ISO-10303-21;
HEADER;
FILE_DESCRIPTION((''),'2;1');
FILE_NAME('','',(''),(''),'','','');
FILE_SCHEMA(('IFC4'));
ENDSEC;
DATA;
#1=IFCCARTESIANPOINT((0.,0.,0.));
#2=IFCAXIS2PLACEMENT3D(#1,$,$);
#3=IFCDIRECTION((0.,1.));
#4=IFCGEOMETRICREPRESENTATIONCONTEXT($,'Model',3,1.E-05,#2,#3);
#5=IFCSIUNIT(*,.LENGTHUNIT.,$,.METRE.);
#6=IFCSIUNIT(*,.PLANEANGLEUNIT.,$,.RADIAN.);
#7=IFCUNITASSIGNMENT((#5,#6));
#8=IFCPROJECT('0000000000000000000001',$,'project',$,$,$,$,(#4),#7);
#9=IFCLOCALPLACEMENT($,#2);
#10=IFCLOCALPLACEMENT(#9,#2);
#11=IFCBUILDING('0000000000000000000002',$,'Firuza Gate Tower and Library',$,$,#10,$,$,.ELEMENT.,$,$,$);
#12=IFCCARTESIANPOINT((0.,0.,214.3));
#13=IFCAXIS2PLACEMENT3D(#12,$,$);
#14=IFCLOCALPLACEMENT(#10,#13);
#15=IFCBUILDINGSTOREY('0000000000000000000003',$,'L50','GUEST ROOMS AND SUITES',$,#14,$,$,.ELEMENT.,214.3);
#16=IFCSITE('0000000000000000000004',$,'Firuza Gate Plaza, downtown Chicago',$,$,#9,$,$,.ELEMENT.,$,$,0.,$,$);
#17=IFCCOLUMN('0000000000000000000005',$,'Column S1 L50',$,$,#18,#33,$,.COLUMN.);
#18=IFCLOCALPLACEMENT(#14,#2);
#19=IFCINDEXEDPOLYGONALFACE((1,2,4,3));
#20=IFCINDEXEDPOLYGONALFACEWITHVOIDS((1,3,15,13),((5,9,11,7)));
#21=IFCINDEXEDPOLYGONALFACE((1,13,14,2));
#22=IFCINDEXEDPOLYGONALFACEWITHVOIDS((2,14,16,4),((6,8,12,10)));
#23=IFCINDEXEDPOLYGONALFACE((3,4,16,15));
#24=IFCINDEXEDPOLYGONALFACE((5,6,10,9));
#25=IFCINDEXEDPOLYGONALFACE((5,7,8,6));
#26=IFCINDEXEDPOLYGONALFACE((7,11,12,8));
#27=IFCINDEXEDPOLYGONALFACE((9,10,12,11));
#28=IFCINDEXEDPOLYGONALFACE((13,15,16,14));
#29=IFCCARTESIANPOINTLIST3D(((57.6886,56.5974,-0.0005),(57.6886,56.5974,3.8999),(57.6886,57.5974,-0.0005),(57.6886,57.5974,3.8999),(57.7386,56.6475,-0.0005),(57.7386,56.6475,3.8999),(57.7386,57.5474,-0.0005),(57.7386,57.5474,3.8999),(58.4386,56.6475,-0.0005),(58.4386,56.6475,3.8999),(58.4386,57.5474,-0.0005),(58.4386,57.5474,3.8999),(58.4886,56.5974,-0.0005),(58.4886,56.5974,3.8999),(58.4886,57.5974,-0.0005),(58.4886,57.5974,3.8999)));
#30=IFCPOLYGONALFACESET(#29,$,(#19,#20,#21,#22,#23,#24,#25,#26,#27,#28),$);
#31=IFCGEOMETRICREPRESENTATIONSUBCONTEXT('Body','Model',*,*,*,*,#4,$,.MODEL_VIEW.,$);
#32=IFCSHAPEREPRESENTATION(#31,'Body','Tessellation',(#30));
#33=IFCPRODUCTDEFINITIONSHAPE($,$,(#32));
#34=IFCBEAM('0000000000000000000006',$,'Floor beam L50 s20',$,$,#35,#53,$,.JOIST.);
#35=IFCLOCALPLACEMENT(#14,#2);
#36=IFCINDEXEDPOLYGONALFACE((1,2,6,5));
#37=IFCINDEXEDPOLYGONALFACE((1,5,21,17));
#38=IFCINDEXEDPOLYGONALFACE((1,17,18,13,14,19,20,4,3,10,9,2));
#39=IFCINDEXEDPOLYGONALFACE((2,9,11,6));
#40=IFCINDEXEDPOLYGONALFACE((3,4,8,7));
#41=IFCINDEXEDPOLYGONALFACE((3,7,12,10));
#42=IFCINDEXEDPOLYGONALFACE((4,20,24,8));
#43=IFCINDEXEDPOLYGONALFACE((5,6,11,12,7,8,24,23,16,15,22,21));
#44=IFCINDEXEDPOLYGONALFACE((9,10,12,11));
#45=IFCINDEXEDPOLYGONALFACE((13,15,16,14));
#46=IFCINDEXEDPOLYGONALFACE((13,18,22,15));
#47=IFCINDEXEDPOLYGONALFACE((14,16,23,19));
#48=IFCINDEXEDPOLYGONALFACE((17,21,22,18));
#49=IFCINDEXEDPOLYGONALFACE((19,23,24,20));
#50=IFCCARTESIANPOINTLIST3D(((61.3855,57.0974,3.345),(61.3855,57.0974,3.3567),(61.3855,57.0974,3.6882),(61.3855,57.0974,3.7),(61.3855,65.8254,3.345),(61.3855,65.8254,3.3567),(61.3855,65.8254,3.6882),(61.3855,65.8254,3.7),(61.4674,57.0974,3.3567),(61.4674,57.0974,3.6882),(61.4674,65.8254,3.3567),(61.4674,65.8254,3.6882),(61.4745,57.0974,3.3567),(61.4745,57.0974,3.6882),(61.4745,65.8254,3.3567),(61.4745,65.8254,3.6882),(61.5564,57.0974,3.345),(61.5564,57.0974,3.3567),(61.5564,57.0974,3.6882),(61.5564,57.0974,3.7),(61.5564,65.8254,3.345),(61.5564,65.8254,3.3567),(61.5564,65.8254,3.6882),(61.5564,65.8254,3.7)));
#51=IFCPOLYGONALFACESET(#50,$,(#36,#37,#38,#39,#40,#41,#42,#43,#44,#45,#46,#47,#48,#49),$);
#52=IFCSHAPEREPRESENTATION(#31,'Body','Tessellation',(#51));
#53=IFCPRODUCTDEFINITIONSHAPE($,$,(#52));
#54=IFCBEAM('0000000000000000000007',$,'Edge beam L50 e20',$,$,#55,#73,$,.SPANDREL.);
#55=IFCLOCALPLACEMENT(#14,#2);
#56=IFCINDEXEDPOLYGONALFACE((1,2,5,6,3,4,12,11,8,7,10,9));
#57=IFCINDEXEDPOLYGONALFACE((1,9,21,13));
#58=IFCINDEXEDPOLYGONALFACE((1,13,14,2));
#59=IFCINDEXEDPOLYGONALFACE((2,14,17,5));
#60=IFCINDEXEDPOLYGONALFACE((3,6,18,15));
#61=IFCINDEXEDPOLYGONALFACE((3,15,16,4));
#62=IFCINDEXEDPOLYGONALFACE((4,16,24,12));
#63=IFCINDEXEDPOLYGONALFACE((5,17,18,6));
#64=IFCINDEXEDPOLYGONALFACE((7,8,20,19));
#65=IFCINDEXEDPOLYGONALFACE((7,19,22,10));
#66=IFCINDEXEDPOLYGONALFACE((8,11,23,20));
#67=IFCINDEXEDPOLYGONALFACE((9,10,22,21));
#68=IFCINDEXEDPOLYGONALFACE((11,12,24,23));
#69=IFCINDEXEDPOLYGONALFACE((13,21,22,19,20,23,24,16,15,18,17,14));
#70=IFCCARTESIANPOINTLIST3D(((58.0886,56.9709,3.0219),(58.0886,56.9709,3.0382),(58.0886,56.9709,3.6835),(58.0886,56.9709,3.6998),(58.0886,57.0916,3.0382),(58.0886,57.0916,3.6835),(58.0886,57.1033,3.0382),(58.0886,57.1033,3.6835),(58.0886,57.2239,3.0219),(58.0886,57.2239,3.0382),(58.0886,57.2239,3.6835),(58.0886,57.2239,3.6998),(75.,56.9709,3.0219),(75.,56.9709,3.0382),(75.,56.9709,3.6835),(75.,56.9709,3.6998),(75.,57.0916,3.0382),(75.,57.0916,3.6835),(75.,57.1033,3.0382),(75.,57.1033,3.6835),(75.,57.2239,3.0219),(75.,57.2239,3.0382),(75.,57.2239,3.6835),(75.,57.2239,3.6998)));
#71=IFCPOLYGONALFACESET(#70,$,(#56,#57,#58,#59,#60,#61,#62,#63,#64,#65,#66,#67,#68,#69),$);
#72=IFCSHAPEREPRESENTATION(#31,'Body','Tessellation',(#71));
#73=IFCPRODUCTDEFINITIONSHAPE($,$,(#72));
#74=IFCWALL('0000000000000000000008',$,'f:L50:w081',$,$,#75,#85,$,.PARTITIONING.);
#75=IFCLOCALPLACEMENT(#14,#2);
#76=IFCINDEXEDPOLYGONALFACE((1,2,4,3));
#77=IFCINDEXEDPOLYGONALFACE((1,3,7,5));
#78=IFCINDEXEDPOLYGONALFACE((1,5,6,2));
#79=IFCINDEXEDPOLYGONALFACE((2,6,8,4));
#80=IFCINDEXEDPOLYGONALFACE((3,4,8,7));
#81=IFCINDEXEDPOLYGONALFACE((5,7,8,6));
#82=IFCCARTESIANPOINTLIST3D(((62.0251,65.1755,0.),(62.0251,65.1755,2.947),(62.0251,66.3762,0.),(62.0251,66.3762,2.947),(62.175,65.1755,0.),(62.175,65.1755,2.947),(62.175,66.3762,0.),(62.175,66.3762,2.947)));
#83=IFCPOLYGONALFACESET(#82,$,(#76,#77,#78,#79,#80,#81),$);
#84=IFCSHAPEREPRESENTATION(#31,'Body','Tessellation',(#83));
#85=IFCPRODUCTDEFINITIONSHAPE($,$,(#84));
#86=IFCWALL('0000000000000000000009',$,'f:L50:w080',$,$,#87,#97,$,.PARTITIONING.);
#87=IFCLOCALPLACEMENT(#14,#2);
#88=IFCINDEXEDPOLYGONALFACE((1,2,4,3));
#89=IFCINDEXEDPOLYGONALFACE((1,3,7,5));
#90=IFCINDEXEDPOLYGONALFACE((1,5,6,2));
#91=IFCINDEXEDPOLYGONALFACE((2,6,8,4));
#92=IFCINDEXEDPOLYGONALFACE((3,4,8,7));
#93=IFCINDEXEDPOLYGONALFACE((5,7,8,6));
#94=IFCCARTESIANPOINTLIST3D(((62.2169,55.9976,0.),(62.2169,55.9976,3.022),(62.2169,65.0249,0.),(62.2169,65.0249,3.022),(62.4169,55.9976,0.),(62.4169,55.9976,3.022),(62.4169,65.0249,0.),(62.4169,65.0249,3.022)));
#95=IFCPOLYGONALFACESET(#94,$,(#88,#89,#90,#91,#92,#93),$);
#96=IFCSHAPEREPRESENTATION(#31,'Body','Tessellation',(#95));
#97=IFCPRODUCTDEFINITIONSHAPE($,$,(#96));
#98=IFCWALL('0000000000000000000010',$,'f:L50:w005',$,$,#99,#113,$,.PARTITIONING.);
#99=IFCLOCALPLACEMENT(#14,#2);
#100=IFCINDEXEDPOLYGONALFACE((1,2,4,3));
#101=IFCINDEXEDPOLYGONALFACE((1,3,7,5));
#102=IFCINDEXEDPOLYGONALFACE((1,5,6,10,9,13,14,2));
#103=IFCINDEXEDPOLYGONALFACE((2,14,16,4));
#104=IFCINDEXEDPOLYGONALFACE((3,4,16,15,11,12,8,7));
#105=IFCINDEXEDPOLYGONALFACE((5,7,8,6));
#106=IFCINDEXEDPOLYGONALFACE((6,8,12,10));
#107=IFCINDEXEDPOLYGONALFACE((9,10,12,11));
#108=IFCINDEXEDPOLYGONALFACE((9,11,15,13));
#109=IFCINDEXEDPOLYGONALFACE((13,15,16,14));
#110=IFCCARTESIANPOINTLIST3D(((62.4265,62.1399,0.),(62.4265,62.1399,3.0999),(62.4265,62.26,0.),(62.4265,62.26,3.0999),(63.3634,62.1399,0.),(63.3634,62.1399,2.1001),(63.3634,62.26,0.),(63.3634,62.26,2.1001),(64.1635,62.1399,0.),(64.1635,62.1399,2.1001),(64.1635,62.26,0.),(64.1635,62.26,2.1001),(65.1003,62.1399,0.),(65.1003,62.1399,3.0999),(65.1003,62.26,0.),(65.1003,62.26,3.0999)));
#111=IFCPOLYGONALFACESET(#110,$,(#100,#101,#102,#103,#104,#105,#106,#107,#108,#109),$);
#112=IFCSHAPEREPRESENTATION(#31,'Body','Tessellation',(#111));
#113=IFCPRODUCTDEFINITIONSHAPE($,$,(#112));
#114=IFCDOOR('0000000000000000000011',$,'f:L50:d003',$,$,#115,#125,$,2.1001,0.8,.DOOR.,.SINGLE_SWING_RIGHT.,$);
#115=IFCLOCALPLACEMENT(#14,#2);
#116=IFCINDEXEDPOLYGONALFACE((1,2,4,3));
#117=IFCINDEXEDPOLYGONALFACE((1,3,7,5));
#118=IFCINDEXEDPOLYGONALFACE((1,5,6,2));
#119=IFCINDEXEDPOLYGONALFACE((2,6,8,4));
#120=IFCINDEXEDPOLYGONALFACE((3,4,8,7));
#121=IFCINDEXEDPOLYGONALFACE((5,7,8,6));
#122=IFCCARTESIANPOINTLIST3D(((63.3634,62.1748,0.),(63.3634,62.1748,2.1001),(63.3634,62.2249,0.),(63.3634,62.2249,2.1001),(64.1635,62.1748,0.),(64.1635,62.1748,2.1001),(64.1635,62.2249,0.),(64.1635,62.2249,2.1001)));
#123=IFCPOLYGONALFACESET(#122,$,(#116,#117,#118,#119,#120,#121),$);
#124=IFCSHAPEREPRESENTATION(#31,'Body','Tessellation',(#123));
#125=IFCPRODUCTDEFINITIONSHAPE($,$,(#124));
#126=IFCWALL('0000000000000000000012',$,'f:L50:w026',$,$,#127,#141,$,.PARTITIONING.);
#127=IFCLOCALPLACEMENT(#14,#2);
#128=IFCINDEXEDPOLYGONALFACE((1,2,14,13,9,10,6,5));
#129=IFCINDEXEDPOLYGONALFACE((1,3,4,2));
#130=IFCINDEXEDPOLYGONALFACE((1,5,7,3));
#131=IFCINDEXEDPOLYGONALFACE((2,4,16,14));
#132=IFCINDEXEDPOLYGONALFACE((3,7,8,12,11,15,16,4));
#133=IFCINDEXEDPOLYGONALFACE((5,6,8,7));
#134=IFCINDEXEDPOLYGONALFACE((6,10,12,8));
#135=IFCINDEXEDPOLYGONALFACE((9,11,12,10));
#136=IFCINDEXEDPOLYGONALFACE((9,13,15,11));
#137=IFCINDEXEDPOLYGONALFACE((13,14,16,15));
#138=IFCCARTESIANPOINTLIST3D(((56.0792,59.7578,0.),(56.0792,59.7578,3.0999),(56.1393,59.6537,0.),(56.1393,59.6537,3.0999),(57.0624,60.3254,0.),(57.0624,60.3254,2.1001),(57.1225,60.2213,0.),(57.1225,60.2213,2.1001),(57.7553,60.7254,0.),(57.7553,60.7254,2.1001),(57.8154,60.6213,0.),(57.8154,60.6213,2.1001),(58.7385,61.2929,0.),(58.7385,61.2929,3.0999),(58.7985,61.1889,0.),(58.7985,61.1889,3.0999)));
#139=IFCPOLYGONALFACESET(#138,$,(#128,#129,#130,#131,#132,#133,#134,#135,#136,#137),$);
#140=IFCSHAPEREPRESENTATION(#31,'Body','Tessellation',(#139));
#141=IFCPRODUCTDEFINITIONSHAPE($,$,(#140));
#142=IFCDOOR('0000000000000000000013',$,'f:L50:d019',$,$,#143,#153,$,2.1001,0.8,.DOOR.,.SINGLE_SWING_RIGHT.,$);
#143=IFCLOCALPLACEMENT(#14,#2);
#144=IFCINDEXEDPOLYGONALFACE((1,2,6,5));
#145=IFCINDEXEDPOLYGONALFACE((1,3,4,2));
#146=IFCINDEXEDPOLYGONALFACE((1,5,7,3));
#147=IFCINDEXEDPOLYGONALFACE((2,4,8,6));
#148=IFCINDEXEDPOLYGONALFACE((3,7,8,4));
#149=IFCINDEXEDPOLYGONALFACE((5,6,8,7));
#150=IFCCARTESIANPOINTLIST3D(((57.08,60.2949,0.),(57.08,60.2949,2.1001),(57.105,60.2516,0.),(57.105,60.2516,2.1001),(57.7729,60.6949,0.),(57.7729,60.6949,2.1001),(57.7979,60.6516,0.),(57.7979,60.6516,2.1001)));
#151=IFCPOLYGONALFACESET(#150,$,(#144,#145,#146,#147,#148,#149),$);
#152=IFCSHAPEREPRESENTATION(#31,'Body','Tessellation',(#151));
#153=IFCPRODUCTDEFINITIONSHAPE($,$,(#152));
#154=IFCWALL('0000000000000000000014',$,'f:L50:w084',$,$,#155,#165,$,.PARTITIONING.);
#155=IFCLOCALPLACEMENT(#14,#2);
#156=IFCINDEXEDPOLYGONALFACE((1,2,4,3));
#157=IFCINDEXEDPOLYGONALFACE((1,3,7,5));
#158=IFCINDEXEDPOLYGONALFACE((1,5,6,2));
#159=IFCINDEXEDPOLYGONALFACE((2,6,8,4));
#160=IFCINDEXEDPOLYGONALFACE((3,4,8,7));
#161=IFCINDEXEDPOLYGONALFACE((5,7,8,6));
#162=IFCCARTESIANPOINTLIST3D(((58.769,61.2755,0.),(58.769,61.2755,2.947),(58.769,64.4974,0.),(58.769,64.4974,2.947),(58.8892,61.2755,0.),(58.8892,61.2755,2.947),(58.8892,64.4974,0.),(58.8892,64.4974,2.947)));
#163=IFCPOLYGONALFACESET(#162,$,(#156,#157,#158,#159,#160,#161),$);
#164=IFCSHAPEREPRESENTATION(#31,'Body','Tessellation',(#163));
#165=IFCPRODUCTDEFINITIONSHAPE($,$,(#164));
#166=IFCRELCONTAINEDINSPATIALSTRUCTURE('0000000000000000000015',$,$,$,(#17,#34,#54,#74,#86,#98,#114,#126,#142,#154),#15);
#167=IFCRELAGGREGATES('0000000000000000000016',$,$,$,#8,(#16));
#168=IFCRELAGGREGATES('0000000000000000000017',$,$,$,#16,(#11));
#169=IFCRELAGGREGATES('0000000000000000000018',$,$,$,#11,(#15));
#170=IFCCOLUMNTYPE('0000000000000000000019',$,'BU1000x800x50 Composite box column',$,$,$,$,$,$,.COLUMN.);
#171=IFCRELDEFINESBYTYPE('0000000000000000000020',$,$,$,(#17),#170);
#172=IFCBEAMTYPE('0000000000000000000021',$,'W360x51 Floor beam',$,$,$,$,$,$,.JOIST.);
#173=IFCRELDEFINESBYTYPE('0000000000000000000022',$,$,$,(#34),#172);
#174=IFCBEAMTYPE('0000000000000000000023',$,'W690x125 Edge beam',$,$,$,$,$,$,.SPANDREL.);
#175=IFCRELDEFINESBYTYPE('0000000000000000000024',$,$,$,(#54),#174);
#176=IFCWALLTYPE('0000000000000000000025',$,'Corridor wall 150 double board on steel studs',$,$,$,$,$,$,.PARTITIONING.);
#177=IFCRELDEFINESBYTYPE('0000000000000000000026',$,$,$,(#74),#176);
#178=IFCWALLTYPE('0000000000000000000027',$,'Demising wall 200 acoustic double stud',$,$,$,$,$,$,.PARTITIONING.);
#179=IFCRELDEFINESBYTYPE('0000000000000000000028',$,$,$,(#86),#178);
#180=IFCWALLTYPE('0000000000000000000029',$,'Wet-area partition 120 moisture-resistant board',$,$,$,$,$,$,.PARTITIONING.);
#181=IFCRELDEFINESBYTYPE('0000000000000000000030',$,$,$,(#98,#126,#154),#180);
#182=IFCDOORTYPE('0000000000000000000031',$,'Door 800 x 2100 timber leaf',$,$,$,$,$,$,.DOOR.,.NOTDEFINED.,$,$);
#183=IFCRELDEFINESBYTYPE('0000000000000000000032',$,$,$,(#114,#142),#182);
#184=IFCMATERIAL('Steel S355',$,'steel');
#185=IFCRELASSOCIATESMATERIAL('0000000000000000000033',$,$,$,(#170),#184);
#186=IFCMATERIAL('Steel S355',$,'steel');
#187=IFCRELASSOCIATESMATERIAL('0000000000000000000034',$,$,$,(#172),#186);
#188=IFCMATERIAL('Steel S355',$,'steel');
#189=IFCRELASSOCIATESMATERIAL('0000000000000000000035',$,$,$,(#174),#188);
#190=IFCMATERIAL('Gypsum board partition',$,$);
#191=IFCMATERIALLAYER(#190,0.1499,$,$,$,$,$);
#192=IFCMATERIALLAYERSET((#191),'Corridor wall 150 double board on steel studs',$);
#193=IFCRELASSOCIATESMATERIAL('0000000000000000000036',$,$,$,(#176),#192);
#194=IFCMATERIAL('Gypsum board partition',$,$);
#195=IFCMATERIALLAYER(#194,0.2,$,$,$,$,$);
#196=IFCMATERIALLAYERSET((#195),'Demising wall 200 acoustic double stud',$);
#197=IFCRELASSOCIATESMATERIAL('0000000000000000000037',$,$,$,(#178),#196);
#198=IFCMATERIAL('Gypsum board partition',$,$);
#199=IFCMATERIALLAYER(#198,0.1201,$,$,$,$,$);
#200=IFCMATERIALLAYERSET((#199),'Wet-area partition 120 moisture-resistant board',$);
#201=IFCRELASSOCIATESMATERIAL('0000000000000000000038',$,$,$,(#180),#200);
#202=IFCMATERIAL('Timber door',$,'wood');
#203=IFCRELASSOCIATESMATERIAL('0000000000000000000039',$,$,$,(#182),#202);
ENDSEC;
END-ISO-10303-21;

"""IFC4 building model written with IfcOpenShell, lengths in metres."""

from ifc_helpers import new_model, si_unit, direction, frame, frame_2d, origin, origin_2d, place, context, subcontext, project, spatial, rectangle, hollow_rectangle, i_section, extrude, material, layer, layer_set, material_profile, profile_set, type_object, element, fill, save


model = new_model("IFC4")

# Units and contexts
model_context = context("Model", 3, precision=1e-05, world=origin(), true_north=direction((0.0, 1.0)))
body_context = subcontext(model_context, "Body", "Model", "MODEL_VIEW")
ifc_project = project(units=[si_unit("LENGTHUNIT", "METRE"), si_unit("PLANEANGLEUNIT", "RADIAN")], contexts=[model_context])

# Site, building, storey
site_placement = place(None, origin())
site = spatial("IfcSite", under=ifc_project, at=site_placement, Name="Firuza Gate Plaza, downtown Chicago", CompositionType="ELEMENT", RefElevation=0.0)
building_placement = place(site_placement, origin())
building = spatial("IfcBuilding", under=site, at=building_placement, Name="Firuza Gate Tower and Library", CompositionType="ELEMENT")
storey_placement = place(building_placement, frame((0.0, 0.0, 214.3)))
storey = spatial("IfcBuildingStorey", under=building, at=storey_placement, Name="L50", Description="GUEST ROOMS AND SUITES", CompositionType="ELEMENT", Elevation=214.3)

# Column
ifc_material_1 = material(Name="Steel S355", Category="steel")
ifc_material_profile_1 = material_profile(ifc_material_1, hollow_rectangle(XDim=0.8, YDim=1.0, WallThickness=0.05, at=origin_2d()))
ifc_profile_set_1 = profile_set([ifc_material_profile_1], Name="Steel S355")
column_type = type_object("IfcColumnType", Name="BU1000x800x50 Composite box column", PredefinedType="COLUMN", material=ifc_profile_set_1)
column_placement = place(storey_placement, frame((58.0886, 57.0974, -0.0005), z_axis=(0.0, 0.0, 1.0), x_axis=(1.0, 0.0, 0.0)))
element("IfcColumn", 1, at=column_placement, inside=storey, type_object=column_type, Name="Column S1 L50", PredefinedType="COLUMN", context=body_context, shape_type="SweptSolid", body=[
    extrude(hollow_rectangle(XDim=0.8, YDim=1.0, WallThickness=0.05, at=origin_2d()), origin(), (0.0, 0.0, 1.0), 3.9004),
])

# Beams
ifc_material_2 = material(Name="Steel S355", Category="steel")
ifc_material_profile_2 = material_profile(ifc_material_2, i_section(OverallWidth=0.1709, OverallDepth=0.355, WebThickness=0.0071, FlangeThickness=0.0117, at=origin_2d()))
ifc_profile_set_2 = profile_set([ifc_material_profile_2], Name="Steel S355")
beam_type_1 = type_object("IfcBeamType", Name="W360x51 Floor beam", PredefinedType="JOIST", material=ifc_profile_set_2)
beam_1_placement = place(storey_placement, frame((61.4709, 57.0974, 3.5225), z_axis=(0.0, 1.0, 0.0), x_axis=(-1.0, 0.0, 0.0)))
element("IfcBeam", 2, at=beam_1_placement, inside=storey, type_object=beam_type_1, Name="Floor beam L50 s20", PredefinedType="JOIST", context=body_context, shape_type="SweptSolid", body=[
    extrude(i_section(OverallWidth=0.1709, OverallDepth=0.355, WebThickness=0.0071, FlangeThickness=0.0117, at=origin_2d()), origin(), (0.0, 0.0, 1.0), 8.728),
])
ifc_material_3 = material(Name="Steel S355", Category="steel")
ifc_material_profile_3 = material_profile(ifc_material_3, i_section(OverallWidth=0.2529, OverallDepth=0.678, WebThickness=0.0117, FlangeThickness=0.0164, at=origin_2d()))
ifc_profile_set_3 = profile_set([ifc_material_profile_3], Name="Steel S355")
beam_type_2 = type_object("IfcBeamType", Name="W690x125 Edge beam", PredefinedType="SPANDREL", material=ifc_profile_set_3)
beam_2_placement = place(storey_placement, frame((58.0886, 57.0974, 3.3608), z_axis=(1.0, 0.0, 0.0), x_axis=(0.0, 1.0, 0.0)))
element("IfcBeam", 3, at=beam_2_placement, inside=storey, type_object=beam_type_2, Name="Edge beam L50 e20", PredefinedType="SPANDREL", context=body_context, shape_type="SweptSolid", body=[
    extrude(i_section(OverallWidth=0.2529, OverallDepth=0.678, WebThickness=0.0117, FlangeThickness=0.0164, at=origin_2d()), origin(), (0.0, 0.0, 1.0), 16.9114),
])

# Walls
ifc_material_4 = material(Name="Gypsum board partition")
ifc_layer_1 = layer(ifc_material_4, 0.1499)
ifc_layer_set_1 = layer_set([ifc_layer_1], Name="Corridor wall 150 double board on steel studs")
wall_type_1 = type_object("IfcWallType", Name="Corridor wall 150 double board on steel studs", PredefinedType="PARTITIONING", material=ifc_layer_set_1)
wall_1_placement = place(storey_placement, frame((62.1001, 65.1755, 0.0), z_axis=(0.0, 0.0, 1.0), x_axis=(0.0, 1.0, 0.0)))
element("IfcWall", 4, at=wall_1_placement, inside=storey, type_object=wall_type_1, Name="f:L50:w081", PredefinedType="PARTITIONING", context=body_context, shape_type="SweptSolid", body=[
    extrude(rectangle(XDim=1.2007, YDim=0.1499, at=frame_2d((0.6003, 0.0))), origin(), (0.0, 0.0, 1.0), 2.947),
])
ifc_material_5 = material(Name="Gypsum board partition")
ifc_layer_2 = layer(ifc_material_5, 0.2)
ifc_layer_set_2 = layer_set([ifc_layer_2], Name="Demising wall 200 acoustic double stud")
wall_type_2 = type_object("IfcWallType", Name="Demising wall 200 acoustic double stud", PredefinedType="PARTITIONING", material=ifc_layer_set_2)
wall_2_placement = place(storey_placement, frame((62.3169, 55.9976, 0.0), z_axis=(0.0, 0.0, 1.0), x_axis=(0.0, 1.0, 0.0)))
element("IfcWall", 5, at=wall_2_placement, inside=storey, type_object=wall_type_2, Name="f:L50:w080", PredefinedType="PARTITIONING", context=body_context, shape_type="SweptSolid", body=[
    extrude(rectangle(XDim=9.0273, YDim=0.2, at=frame_2d((4.5137, 0.0))), origin(), (0.0, 0.0, 1.0), 3.022),
])

# Walls, openings, doors
ifc_material_6 = material(Name="Gypsum board partition")
ifc_layer_3 = layer(ifc_material_6, 0.1201)
ifc_layer_set_3 = layer_set([ifc_layer_3], Name="Wet-area partition 120 moisture-resistant board")
wall_type_3 = type_object("IfcWallType", Name="Wet-area partition 120 moisture-resistant board", PredefinedType="PARTITIONING", material=ifc_layer_set_3)
wall_3_placement = place(storey_placement, frame((62.4265, 62.2, 0.0), z_axis=(0.0, 0.0, 1.0), x_axis=(1.0, 0.0, 0.0)))
wall_3 = element("IfcWall", 6, at=wall_3_placement, inside=storey, type_object=wall_type_3, Name="f:L50:w005", PredefinedType="PARTITIONING", context=body_context, shape_type="SweptSolid", body=[
    extrude(rectangle(XDim=2.6738, YDim=0.1201, at=frame_2d((1.3369, 0.0))), origin(), (0.0, 0.0, 1.0), 3.0999),
])
opening_1_placement = place(wall_3_placement, frame((0.937, 0.0, 0.0)))
opening_1 = element("IfcOpeningElement", 7, at=opening_1_placement, cuts=wall_3, PredefinedType="OPENING", context=body_context, shape_type="SweptSolid", body=[
    extrude(rectangle(XDim=0.8, YDim=2.1001, at=frame_2d((0.3999, 1.05))), frame((0.0, 0.0701, 0.0), z_axis=(0.0, -1.0, 0.0), x_axis=(1.0, 0.0, 0.0)), (0.0, 0.0, 1.0), 0.1401),
])
ifc_material_7 = material(Name="Timber door", Category="wood")
door_type = type_object("IfcDoorType", Name="Door 800 x 2100 timber leaf", OperationType="NOTDEFINED", PredefinedType="DOOR", material=ifc_material_7)
door_1_placement = place(opening_1_placement, origin())
door_1 = element("IfcDoor", 8, at=door_1_placement, inside=storey, type_object=door_type, Name="f:L50:d003", OperationType="SINGLE_SWING_RIGHT", OverallHeight=2.1001, OverallWidth=0.8, PredefinedType="DOOR", context=body_context, shape_type="SweptSolid", body=[
    extrude(rectangle(XDim=0.8, YDim=2.1001, at=frame_2d((0.3999, 1.05))), frame((0.0, 0.0249, 0.0), z_axis=(0.0, -1.0, 0.0), x_axis=(1.0, 0.0, 0.0)), (0.0, 0.0, 1.0), 0.05),
])
fill(opening_1, door_1)
wall_4_placement = place(storey_placement, frame((56.1094, 59.7058, 0.0), z_axis=(0.0, 0.0, 1.0), x_axis=(0.866043, 0.49997, 0.0)))
wall_4 = element("IfcWall", 9, at=wall_4_placement, inside=storey, type_object=wall_type_3, Name="f:L50:w026", PredefinedType="PARTITIONING", context=body_context, shape_type="SweptSolid", body=[
    extrude(rectangle(XDim=3.0706, YDim=0.1201, at=frame_2d((1.5352, 0.0))), origin(), (0.0, 0.0, 1.0), 3.0999),
])
opening_2_placement = place(wall_4_placement, frame((1.1353, 0.0, 0.0)))
opening_2 = element("IfcOpeningElement", 10, at=opening_2_placement, cuts=wall_4, PredefinedType="OPENING", context=body_context, shape_type="SweptSolid", body=[
    extrude(rectangle(XDim=0.8, YDim=2.1001, at=frame_2d((0.3999, 1.05))), frame((0.0, 0.0701, 0.0), z_axis=(0.0, -1.0, 0.0), x_axis=(1.0, 0.0, 0.0)), (0.0, 0.0, 1.0), 0.1401),
])
door_2_placement = place(opening_2_placement, origin())
door_2 = element("IfcDoor", 11, at=door_2_placement, inside=storey, type_object=door_type, Name="f:L50:d019", OperationType="SINGLE_SWING_RIGHT", OverallHeight=2.1001, OverallWidth=0.8, PredefinedType="DOOR", context=body_context, shape_type="SweptSolid", body=[
    extrude(rectangle(XDim=0.8, YDim=2.1001, at=frame_2d((0.3999, 1.05))), frame((0.0, 0.0249, 0.0), z_axis=(0.0, -1.0, 0.0), x_axis=(1.0, 0.0, 0.0)), (0.0, 0.0, 1.0), 0.05),
])
fill(opening_2, door_2)

# Wall
wall_5_placement = place(storey_placement, frame((58.8291, 61.2756, 0.0), z_axis=(0.0, 0.0, 1.0), x_axis=(0.0, 1.0, 0.0)))
element("IfcWall", 12, at=wall_5_placement, inside=storey, type_object=wall_type_3, Name="f:L50:w084", PredefinedType="PARTITIONING", context=body_context, shape_type="SweptSolid", body=[
    extrude(rectangle(XDim=3.2219, YDim=0.1201, at=frame_2d((1.6108, 0.0))), origin(), (0.0, 0.0, 1.0), 2.947),
])

save(model, "model.ifc")
